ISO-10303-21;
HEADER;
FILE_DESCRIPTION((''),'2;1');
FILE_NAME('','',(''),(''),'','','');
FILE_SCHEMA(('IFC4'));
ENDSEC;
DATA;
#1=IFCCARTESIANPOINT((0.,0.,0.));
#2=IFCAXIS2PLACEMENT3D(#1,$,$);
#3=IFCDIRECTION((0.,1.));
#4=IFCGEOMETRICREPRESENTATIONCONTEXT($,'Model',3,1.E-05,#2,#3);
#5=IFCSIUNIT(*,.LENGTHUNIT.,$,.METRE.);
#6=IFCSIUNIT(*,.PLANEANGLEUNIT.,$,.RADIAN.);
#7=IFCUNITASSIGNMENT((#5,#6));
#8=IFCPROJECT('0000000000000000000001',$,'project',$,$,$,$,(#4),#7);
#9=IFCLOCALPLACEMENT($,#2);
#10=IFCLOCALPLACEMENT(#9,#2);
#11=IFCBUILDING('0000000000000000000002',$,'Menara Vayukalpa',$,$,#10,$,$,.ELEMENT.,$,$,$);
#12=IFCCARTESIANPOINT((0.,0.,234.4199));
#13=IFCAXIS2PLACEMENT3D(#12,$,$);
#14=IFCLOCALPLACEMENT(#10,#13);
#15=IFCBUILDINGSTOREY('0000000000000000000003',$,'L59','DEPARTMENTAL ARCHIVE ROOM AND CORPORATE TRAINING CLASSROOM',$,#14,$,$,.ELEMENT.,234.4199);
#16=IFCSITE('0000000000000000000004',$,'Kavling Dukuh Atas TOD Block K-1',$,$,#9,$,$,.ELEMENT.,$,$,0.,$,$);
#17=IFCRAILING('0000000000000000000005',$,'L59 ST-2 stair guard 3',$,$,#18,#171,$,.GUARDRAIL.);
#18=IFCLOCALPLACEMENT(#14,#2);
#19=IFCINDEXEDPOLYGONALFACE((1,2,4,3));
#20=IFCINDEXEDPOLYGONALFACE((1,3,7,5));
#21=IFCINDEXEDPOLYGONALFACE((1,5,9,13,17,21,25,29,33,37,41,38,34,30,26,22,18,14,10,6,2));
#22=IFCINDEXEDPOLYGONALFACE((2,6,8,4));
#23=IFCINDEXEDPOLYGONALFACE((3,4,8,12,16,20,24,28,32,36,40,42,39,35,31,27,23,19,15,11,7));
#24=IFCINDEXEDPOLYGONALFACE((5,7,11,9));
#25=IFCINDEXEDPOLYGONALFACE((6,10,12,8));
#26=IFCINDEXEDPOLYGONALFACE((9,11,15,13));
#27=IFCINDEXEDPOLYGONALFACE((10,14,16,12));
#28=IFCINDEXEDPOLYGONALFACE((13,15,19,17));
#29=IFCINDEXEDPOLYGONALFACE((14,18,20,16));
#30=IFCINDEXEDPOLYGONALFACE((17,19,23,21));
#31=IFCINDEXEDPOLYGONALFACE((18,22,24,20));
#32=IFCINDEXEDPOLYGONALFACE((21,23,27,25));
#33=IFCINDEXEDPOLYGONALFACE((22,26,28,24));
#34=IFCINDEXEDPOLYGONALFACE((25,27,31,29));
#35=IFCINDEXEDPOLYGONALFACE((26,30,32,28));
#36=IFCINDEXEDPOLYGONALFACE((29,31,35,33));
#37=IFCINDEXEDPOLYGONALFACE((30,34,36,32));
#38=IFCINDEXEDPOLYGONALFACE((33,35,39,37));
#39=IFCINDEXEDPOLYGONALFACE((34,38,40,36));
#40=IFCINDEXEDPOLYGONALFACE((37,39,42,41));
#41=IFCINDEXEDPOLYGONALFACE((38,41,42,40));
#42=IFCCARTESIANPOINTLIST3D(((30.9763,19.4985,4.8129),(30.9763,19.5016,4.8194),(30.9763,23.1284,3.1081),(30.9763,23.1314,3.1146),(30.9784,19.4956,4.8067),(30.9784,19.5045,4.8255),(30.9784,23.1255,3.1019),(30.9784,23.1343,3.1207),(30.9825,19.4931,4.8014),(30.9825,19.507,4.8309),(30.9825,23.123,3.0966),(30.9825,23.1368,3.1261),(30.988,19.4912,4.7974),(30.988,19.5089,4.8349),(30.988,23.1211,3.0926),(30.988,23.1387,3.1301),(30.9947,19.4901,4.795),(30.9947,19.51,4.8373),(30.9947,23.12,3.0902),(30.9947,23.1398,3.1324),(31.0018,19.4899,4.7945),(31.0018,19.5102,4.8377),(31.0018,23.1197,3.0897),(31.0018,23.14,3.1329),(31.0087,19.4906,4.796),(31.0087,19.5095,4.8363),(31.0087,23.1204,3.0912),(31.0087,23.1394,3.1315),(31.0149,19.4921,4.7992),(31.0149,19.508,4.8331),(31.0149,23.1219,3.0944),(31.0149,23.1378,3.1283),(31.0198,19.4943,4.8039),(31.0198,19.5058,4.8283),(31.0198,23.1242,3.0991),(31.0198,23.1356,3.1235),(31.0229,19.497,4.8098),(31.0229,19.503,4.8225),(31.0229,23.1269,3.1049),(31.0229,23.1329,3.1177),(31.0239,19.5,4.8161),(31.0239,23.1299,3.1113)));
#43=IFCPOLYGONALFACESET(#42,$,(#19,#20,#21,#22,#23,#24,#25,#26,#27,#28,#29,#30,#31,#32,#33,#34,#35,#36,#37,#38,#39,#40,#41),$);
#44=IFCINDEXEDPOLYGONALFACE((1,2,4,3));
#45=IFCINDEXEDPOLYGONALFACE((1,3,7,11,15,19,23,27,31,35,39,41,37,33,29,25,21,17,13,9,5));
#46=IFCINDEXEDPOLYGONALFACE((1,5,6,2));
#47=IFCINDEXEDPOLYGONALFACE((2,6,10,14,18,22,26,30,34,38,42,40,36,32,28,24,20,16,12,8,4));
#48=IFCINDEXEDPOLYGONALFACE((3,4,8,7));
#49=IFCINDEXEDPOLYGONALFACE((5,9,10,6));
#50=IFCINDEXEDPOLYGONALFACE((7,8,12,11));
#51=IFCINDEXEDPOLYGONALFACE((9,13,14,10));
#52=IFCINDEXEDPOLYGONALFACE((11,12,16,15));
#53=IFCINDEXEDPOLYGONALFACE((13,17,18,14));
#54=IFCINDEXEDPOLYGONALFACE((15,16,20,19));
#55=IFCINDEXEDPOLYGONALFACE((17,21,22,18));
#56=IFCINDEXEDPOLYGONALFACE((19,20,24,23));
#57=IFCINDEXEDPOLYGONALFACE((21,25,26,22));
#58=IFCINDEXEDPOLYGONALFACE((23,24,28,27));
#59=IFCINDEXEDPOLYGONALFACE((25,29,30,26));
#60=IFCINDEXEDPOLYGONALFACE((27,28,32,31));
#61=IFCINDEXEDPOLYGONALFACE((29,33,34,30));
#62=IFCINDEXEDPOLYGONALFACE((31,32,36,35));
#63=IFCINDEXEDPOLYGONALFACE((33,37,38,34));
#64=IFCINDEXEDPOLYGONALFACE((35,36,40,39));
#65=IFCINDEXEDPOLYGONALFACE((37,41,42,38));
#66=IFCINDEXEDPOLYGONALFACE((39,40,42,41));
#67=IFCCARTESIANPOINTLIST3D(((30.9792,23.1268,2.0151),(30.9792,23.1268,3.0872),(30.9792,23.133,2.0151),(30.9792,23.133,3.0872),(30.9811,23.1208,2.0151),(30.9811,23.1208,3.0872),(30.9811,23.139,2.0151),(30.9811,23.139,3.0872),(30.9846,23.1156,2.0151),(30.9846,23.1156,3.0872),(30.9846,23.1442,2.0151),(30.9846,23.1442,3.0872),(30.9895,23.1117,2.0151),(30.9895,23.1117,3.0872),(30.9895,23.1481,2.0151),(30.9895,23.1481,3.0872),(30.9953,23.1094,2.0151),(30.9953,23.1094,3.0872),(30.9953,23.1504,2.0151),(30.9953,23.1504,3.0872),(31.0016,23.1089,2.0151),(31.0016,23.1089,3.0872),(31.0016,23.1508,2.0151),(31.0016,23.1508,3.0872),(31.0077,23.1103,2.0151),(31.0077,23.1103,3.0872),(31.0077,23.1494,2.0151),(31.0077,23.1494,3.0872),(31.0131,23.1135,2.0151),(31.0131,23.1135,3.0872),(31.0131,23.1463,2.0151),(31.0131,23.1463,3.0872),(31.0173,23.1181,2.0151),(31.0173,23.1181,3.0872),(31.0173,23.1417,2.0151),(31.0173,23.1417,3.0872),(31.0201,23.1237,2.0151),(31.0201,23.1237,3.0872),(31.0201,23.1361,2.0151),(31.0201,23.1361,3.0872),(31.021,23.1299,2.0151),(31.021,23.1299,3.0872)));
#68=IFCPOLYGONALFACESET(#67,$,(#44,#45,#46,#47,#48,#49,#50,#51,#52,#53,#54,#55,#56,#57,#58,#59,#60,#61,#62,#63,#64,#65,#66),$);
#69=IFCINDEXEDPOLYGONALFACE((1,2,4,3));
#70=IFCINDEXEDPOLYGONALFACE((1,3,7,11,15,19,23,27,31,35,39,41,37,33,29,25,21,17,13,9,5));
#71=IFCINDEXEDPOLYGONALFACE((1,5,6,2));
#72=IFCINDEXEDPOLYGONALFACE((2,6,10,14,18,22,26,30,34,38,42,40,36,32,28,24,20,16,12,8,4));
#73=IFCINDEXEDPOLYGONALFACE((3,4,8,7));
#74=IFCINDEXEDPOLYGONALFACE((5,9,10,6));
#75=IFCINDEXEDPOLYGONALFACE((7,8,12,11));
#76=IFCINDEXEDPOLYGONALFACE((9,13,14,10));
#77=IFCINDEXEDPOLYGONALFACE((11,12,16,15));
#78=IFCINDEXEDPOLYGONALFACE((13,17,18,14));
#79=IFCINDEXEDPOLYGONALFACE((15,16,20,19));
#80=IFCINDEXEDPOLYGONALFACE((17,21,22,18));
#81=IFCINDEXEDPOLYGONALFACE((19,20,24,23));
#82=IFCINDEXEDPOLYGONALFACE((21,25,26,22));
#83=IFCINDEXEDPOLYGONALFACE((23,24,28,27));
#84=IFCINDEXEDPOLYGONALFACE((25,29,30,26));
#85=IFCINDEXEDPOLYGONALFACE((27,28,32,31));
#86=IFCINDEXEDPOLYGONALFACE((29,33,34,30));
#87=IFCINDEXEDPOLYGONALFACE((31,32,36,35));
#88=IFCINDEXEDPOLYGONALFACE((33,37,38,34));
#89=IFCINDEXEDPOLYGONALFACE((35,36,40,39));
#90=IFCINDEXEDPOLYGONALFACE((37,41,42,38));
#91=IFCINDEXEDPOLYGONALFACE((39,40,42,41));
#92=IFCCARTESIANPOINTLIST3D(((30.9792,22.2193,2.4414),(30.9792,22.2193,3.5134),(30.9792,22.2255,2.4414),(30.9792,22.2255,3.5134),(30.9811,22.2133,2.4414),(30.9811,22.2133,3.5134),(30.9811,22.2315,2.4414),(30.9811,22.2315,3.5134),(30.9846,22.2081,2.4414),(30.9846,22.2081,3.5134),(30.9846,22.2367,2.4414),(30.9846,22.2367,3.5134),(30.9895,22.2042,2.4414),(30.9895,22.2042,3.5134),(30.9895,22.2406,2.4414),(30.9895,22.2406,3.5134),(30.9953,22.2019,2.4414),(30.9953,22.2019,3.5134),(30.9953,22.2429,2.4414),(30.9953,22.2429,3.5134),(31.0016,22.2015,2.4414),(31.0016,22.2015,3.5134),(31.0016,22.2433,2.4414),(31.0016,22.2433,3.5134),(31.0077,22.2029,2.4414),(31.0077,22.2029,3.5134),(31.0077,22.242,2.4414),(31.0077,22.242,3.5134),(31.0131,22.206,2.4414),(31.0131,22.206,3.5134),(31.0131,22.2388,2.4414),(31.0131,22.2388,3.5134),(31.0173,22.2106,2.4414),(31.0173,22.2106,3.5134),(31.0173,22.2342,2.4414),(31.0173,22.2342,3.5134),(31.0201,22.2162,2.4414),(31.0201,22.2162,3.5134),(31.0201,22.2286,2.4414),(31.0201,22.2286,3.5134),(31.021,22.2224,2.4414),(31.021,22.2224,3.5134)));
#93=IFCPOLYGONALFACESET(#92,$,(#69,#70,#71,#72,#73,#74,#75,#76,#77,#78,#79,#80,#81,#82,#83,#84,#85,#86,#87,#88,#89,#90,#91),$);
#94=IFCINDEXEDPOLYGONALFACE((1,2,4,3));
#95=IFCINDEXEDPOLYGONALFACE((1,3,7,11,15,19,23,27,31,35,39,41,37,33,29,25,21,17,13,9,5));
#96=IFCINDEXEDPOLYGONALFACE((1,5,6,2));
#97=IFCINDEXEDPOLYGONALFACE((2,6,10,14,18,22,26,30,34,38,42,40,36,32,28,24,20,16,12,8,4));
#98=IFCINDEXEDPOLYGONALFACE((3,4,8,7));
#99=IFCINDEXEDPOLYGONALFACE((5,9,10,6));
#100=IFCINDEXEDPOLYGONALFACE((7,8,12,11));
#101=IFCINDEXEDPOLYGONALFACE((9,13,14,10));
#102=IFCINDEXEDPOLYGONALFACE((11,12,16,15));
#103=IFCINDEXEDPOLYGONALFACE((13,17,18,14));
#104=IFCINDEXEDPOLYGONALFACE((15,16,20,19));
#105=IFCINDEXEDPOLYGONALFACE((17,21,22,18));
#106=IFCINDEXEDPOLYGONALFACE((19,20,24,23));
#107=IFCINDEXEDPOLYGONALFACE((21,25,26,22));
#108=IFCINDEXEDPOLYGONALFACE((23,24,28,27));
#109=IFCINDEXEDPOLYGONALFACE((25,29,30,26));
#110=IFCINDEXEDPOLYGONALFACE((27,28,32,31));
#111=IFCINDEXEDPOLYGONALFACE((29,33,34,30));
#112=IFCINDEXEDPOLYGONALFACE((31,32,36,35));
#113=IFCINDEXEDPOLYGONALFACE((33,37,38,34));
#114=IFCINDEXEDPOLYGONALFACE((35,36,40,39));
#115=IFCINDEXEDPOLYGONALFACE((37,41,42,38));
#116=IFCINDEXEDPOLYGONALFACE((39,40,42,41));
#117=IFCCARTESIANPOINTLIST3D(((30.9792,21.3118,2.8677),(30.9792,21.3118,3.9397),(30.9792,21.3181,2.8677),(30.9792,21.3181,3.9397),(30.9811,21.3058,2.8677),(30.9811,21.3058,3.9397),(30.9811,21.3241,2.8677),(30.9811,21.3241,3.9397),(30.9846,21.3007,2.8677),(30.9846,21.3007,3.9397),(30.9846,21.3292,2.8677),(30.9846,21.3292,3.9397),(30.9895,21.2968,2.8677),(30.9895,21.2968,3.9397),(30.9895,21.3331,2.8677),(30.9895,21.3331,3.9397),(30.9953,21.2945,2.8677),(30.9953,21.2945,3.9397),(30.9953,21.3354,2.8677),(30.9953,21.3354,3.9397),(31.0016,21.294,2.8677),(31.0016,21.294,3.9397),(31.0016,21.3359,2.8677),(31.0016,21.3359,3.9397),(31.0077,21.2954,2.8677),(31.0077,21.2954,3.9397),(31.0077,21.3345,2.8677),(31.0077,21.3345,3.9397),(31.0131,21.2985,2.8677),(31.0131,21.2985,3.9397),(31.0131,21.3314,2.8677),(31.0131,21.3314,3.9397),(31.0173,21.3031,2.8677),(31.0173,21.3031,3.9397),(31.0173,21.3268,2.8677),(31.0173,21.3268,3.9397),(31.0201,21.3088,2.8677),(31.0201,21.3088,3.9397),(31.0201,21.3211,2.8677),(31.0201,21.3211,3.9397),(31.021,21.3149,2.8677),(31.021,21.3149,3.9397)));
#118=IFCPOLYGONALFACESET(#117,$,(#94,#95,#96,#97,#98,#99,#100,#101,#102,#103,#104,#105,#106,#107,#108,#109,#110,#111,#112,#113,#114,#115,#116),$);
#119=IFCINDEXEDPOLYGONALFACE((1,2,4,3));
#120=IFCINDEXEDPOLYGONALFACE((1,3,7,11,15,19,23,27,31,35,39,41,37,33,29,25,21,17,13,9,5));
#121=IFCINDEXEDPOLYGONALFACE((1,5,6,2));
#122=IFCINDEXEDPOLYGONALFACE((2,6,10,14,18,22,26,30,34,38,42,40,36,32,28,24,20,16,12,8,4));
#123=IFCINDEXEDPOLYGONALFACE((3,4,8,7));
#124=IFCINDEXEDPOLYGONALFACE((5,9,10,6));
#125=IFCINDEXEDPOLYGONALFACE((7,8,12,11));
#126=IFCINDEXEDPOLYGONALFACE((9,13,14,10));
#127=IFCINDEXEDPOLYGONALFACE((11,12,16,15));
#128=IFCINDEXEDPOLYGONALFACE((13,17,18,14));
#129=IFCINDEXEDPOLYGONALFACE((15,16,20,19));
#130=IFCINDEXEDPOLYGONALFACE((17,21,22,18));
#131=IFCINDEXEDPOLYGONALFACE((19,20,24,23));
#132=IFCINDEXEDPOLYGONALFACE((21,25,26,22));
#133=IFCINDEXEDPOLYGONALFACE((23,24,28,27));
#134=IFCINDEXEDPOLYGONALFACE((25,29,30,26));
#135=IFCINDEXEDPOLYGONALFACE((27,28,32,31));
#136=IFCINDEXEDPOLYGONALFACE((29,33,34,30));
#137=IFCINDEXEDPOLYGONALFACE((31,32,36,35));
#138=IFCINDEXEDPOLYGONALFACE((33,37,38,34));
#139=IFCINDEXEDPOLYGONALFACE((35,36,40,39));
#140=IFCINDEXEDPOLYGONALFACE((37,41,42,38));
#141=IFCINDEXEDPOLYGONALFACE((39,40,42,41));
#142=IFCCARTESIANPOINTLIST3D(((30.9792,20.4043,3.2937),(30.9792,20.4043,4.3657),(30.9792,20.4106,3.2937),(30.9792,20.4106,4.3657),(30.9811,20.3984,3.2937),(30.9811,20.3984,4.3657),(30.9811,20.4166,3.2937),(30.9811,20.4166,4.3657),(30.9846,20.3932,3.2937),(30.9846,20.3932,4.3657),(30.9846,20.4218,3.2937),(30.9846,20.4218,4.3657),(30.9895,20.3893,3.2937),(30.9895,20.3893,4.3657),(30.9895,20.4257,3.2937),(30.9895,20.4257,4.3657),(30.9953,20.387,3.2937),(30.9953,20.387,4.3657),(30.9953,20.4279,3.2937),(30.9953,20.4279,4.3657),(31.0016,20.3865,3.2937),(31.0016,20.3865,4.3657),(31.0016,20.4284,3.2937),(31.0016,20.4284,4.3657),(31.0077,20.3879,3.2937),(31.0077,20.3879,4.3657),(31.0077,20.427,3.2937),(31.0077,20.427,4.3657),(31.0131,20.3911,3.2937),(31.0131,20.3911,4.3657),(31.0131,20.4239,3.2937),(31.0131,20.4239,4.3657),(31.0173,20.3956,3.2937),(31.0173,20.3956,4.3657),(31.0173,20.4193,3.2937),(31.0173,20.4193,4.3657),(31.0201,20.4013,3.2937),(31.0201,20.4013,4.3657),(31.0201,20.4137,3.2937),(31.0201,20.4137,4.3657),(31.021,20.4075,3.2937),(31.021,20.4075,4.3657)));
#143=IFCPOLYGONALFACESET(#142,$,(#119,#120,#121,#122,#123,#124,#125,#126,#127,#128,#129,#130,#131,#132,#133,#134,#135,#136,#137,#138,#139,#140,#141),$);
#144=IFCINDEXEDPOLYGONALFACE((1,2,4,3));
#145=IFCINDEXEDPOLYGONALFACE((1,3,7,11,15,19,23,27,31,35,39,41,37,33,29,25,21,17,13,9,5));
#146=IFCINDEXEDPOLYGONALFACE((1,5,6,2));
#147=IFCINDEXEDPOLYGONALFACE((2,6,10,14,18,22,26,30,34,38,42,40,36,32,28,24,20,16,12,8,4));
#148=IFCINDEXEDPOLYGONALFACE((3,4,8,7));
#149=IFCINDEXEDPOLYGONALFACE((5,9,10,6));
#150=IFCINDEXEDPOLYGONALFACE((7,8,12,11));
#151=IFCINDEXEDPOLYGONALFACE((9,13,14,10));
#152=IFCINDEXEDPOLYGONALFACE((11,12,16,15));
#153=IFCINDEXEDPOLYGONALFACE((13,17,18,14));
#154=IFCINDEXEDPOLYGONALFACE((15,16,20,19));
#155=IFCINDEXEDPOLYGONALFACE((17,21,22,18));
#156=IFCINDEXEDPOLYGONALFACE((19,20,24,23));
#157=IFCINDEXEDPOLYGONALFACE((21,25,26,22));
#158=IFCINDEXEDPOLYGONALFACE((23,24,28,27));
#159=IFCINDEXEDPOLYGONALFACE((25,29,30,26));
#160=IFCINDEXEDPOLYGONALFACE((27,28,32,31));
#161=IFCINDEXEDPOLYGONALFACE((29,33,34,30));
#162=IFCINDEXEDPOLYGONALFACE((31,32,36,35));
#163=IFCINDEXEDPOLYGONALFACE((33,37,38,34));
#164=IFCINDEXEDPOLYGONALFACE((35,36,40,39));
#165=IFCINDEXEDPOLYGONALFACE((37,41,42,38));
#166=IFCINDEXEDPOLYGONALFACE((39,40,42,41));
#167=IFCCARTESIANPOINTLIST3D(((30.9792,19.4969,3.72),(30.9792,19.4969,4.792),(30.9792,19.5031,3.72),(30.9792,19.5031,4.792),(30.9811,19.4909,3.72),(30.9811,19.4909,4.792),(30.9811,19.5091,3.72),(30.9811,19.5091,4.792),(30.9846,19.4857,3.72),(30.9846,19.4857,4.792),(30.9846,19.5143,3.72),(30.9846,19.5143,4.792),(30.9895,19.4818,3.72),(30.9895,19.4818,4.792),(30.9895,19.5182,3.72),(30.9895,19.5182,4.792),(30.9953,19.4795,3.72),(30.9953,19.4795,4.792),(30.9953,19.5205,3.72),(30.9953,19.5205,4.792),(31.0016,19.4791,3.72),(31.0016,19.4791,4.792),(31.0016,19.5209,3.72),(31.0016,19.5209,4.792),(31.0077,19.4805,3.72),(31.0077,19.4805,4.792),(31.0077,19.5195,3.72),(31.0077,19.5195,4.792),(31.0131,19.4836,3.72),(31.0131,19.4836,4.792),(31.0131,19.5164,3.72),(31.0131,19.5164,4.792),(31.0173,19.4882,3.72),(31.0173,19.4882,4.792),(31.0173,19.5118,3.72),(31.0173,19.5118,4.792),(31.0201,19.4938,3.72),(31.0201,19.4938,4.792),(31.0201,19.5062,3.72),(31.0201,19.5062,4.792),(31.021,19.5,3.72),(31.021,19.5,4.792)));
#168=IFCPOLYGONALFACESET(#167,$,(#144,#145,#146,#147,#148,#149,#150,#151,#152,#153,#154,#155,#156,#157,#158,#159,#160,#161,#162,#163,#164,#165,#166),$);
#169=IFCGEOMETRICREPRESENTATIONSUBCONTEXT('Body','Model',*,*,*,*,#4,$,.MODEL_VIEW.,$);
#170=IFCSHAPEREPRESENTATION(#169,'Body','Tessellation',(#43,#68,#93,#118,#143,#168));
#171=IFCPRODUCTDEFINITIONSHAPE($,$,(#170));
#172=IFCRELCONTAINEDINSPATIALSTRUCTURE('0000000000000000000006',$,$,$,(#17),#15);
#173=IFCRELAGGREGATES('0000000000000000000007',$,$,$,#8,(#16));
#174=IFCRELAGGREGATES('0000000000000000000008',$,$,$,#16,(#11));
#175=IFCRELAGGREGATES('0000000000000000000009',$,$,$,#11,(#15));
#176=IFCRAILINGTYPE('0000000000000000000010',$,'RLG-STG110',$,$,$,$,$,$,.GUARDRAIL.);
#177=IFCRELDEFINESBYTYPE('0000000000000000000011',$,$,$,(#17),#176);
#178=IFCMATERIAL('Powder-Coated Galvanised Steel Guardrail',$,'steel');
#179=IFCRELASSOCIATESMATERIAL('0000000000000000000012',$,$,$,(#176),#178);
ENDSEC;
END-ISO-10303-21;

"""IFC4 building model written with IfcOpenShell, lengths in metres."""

from ifc_helpers import new_model, si_unit, direction, frame, origin, origin_2d, place, context, subcontext, project, spatial, circle, extrude, material, type_object, element, save


model = new_model("IFC4")

# Units and contexts
model_context = context("Model", 3, precision=1e-05, world=origin(), true_north=direction((0.0, 1.0)))
body_context = subcontext(model_context, "Body", "Model", "MODEL_VIEW")
ifc_project = project(units=[si_unit("LENGTHUNIT", "METRE"), si_unit("PLANEANGLEUNIT", "RADIAN")], contexts=[model_context])

# Site, building, storey
site_placement = place(None, origin())
site = spatial("IfcSite", under=ifc_project, at=site_placement, Name="Kavling Dukuh Atas TOD Block K-1", CompositionType="ELEMENT", RefElevation=0.0)
building_placement = place(site_placement, origin())
building = spatial("IfcBuilding", under=site, at=building_placement, Name="Menara Vayukalpa", CompositionType="ELEMENT")
storey_placement = place(building_placement, frame((0.0, 0.0, 234.4199)))
storey = spatial("IfcBuildingStorey", under=building, at=storey_placement, Name="L59", Description="DEPARTMENTAL ARCHIVE ROOM AND CORPORATE TRAINING CLASSROOM", CompositionType="ELEMENT", Elevation=234.4199)

# Railing
ifc_material_1 = material(Name="Powder-Coated Galvanised Steel Guardrail", Category="steel")
railing_type_1 = type_object("IfcRailingType", Name="RLG-STG110", PredefinedType="GUARDRAIL", material=ifc_material_1)
railing_1_placement = place(storey_placement, frame((31.0, 23.1299, 2.0151)))
element("IfcRailing", 1, at=railing_1_placement, inside=storey, type_object=railing_type_1, Name="L59 ST-2 stair guard 3", PredefinedType="GUARDRAIL", context=body_context, shape_type="SweptSolid", body=[
    extrude(circle(Radius=0.0239, at=origin_2d()), frame((0.0, 0.0, 1.0962), z_axis=(0.0, -0.90514, 0.425114), x_axis=(1.0, 0.0, 0.0)), (0.0, 0.0, 1.0), 4.0103),
    extrude(circle(Radius=0.021, at=origin_2d()), origin(), (0.0, 0.0, 1.0), 1.072),
    extrude(circle(Radius=0.021, at=origin_2d()), frame((0.0, -0.9075, 0.4263)), (0.0, 0.0, 1.0), 1.072),
    extrude(circle(Radius=0.021, at=origin_2d()), frame((0.0, -1.8149, 0.8525)), (0.0, 0.0, 1.0), 1.072),
    extrude(circle(Radius=0.021, at=origin_2d()), frame((0.0, -2.7224, 1.2786)), (0.0, 0.0, 1.0), 1.072),
    extrude(circle(Radius=0.021, at=origin_2d()), frame((0.0, -3.6299, 1.7048)), (0.0, 0.0, 1.0), 1.072),
])

save(model, "model.ifc")
